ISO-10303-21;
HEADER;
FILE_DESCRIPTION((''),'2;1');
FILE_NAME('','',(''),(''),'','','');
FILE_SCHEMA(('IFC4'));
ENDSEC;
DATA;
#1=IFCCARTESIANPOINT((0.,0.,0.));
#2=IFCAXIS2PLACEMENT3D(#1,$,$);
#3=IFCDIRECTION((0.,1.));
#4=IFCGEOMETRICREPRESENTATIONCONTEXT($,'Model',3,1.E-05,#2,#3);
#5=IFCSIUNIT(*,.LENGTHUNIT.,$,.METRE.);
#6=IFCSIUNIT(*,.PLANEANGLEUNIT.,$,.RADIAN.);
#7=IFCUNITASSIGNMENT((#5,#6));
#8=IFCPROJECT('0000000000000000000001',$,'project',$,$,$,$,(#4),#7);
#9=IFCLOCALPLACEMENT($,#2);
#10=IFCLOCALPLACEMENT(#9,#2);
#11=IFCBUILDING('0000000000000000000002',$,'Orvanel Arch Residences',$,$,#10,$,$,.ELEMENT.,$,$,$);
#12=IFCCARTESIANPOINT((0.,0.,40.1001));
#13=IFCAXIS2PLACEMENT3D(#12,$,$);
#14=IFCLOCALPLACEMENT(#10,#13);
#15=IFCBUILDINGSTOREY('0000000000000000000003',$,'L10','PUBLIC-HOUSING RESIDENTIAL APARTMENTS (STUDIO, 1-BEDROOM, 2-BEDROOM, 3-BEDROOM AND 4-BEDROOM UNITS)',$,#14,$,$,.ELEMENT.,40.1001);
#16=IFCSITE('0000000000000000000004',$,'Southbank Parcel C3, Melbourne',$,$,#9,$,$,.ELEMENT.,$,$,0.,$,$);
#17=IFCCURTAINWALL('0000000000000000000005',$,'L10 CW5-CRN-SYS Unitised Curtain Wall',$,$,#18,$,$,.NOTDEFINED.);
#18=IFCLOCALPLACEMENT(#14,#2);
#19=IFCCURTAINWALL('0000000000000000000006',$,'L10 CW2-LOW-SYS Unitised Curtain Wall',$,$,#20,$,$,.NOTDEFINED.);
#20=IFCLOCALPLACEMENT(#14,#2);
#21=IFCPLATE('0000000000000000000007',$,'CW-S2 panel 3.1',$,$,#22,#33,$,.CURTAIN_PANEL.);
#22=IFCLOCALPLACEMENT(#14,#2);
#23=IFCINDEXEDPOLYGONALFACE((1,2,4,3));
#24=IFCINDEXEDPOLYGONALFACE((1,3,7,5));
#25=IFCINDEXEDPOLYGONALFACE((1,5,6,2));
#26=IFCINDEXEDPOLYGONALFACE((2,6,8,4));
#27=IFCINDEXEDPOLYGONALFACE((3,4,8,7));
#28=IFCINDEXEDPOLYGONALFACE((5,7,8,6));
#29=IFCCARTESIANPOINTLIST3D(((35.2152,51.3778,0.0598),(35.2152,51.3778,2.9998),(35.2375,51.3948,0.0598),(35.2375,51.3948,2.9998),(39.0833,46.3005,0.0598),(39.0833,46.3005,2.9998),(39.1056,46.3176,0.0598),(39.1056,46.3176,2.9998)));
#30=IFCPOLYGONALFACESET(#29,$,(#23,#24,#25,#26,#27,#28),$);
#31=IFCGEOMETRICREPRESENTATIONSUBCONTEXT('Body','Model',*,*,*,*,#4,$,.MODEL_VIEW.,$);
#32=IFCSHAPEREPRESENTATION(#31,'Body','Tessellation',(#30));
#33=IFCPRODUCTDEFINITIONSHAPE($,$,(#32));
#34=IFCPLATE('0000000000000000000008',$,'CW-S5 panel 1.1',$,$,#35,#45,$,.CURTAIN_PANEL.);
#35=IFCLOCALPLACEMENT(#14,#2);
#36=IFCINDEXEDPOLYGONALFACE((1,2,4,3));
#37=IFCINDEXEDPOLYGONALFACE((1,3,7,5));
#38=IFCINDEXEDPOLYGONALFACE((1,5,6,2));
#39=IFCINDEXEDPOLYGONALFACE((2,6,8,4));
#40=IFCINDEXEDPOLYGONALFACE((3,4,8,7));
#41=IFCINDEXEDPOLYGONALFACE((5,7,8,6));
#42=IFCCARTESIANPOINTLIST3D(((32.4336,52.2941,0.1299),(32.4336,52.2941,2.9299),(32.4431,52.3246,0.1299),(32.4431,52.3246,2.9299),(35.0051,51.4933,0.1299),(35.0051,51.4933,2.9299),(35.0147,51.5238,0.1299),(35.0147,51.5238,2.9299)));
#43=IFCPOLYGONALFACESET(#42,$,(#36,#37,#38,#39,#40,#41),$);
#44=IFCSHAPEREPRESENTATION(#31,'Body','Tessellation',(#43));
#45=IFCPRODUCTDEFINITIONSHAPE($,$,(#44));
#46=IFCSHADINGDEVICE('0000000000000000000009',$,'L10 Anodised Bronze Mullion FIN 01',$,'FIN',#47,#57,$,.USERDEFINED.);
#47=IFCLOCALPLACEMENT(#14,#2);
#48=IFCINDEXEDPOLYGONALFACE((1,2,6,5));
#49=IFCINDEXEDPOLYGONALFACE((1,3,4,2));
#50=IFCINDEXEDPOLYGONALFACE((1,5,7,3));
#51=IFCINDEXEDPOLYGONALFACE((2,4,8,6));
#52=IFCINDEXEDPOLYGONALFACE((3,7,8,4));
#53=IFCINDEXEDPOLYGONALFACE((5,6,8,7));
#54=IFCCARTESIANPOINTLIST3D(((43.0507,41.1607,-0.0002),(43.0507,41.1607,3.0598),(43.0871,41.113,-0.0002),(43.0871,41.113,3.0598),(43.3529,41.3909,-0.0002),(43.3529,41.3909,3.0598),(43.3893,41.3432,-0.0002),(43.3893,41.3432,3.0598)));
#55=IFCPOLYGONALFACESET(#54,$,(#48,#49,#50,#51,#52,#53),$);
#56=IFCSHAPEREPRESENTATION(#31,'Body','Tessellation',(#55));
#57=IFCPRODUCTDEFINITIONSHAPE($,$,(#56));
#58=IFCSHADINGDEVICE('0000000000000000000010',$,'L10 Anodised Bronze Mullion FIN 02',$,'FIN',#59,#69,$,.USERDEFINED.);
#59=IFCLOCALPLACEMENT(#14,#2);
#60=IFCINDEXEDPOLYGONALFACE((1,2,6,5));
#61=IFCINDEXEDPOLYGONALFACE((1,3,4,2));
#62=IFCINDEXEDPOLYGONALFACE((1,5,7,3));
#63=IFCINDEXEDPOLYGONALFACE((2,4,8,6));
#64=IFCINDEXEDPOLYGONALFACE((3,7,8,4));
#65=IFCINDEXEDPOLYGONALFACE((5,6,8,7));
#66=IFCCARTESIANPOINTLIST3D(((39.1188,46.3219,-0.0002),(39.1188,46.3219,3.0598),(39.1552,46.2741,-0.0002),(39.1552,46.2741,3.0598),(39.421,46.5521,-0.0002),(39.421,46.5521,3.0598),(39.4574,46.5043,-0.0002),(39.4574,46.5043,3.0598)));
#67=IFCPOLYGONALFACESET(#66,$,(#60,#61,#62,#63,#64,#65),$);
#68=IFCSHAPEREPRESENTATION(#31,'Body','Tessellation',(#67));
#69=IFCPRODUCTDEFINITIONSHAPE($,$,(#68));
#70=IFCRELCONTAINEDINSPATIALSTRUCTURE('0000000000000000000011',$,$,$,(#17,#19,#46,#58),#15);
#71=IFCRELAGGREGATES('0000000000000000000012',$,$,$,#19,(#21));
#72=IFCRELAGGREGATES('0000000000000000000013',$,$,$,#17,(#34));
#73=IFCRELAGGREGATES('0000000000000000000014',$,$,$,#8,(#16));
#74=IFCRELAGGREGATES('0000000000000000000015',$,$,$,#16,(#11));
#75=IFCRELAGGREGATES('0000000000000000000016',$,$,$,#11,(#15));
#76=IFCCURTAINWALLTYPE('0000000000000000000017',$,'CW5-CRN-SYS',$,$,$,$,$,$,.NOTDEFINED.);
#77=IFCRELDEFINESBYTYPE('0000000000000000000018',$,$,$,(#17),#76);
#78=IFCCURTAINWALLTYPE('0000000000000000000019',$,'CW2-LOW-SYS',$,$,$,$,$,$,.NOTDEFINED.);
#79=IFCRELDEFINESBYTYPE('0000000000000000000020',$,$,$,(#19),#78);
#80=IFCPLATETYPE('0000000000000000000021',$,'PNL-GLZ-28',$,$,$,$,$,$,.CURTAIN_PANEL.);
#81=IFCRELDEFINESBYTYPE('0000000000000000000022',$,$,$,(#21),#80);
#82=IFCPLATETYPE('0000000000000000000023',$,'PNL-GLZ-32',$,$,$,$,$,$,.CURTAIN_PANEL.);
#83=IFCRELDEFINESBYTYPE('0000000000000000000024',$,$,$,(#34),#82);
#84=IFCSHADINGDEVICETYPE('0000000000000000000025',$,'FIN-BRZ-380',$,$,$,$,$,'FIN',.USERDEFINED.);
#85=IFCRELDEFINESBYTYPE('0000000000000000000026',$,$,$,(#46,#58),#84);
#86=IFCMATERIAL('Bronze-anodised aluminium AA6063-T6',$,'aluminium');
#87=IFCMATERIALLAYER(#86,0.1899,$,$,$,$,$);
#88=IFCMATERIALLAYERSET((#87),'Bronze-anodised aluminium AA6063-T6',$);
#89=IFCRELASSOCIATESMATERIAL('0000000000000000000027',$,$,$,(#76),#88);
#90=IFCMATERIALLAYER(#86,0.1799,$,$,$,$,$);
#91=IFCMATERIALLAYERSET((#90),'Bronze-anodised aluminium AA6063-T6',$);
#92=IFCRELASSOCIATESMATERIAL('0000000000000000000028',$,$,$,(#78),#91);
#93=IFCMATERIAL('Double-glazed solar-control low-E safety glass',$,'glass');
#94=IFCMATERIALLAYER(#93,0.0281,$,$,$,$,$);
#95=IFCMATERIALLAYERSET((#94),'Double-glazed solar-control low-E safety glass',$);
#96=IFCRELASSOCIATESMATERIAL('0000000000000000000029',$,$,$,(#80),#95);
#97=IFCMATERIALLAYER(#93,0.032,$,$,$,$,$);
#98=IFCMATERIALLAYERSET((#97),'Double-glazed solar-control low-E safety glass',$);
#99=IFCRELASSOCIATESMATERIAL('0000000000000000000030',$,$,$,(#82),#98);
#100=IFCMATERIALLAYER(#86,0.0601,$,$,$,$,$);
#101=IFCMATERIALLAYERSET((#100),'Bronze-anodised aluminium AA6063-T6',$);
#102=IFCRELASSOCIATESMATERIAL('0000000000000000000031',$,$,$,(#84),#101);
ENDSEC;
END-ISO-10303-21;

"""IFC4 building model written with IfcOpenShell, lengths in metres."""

from ifc_helpers import new_model, si_unit, direction, frame, origin, origin_2d, place, context, subcontext, project, spatial, rectangle, extrude, material, layer, layer_set, type_object, element, aggregate, save


model = new_model("IFC4")

# Units and contexts
model_context = context("Model", 3, precision=1e-05, world=origin(), true_north=direction((0.0, 1.0)))
body_context = subcontext(model_context, "Body", "Model", "MODEL_VIEW")
ifc_project = project(units=[si_unit("LENGTHUNIT", "METRE"), si_unit("PLANEANGLEUNIT", "RADIAN")], contexts=[model_context])

# Site, building, storey
site_placement = place(None, origin())
site = spatial("IfcSite", under=ifc_project, at=site_placement, Name="Southbank Parcel C3, Melbourne", CompositionType="ELEMENT", RefElevation=0.0)
building_placement = place(site_placement, origin())
building = spatial("IfcBuilding", under=site, at=building_placement, Name="Orvanel Arch Residences", CompositionType="ELEMENT")
storey_placement = place(building_placement, frame((0.0, 0.0, 40.1001)))
storey = spatial("IfcBuildingStorey", under=building, at=storey_placement, Name="L10", Description="PUBLIC-HOUSING RESIDENTIAL APARTMENTS (STUDIO, 1-BEDROOM, 2-BEDROOM, 3-BEDROOM AND 4-BEDROOM UNITS)", CompositionType="ELEMENT", Elevation=40.1001)

# Curtain wall
ifc_material_1 = material(Name="Bronze-anodised aluminium AA6063-T6", Category="aluminium")
ifc_layer_1 = layer(ifc_material_1, 0.1899)
ifc_layer_set_1 = layer_set([ifc_layer_1], Name="Bronze-anodised aluminium AA6063-T6")
curtain_wall_type_1 = type_object("IfcCurtainWallType", Name="CW5-CRN-SYS", PredefinedType="NOTDEFINED", material=ifc_layer_set_1)
curtain_wall_1_placement = place(storey_placement, origin())
curtain_wall_1 = element("IfcCurtainWall", 1, at=curtain_wall_1_placement, inside=storey, type_object=curtain_wall_type_1, Name="L10 CW5-CRN-SYS Unitised Curtain Wall", PredefinedType="NOTDEFINED")

# Curtain wall
ifc_layer_2 = layer(ifc_material_1, 0.1799)
ifc_layer_set_2 = layer_set([ifc_layer_2], Name="Bronze-anodised aluminium AA6063-T6")
curtain_wall_type_2 = type_object("IfcCurtainWallType", Name="CW2-LOW-SYS", PredefinedType="NOTDEFINED", material=ifc_layer_set_2)
curtain_wall_2_placement = place(storey_placement, origin())
curtain_wall_2 = element("IfcCurtainWall", 2, at=curtain_wall_2_placement, inside=storey, type_object=curtain_wall_type_2, Name="L10 CW2-LOW-SYS Unitised Curtain Wall", PredefinedType="NOTDEFINED")

# Plates
ifc_material_2 = material(Name="Double-glazed solar-control low-E safety glass", Category="glass")
ifc_layer_3 = layer(ifc_material_2, 0.0281)
ifc_layer_set_3 = layer_set([ifc_layer_3], Name="Double-glazed solar-control low-E safety glass")
plate_type_1 = type_object("IfcPlateType", Name="PNL-GLZ-28", PredefinedType="CURTAIN_PANEL", material=ifc_layer_set_3)
plate_1_placement = place(storey_placement, frame((37.1604, 48.8477, 0.0598), z_axis=(0.0, 0.0, 1.0), x_axis=(-0.606017, 0.795452, 0.0)))
plate_1 = element("IfcPlate", 3, at=plate_1_placement, type_object=plate_type_1, Name="CW-S2 panel 3.1", PredefinedType="CURTAIN_PANEL", context=body_context, shape_type="SweptSolid", body=[
    extrude(rectangle(XDim=6.3828, YDim=0.0281, at=origin_2d()), origin(), (0.0, 0.0, 1.0), 2.9399),
])
aggregate(curtain_wall_2, [plate_1])
ifc_layer_4 = layer(ifc_material_2, 0.032)
ifc_layer_set_4 = layer_set([ifc_layer_4], Name="Double-glazed solar-control low-E safety glass")
plate_type_2 = type_object("IfcPlateType", Name="PNL-GLZ-32", PredefinedType="CURTAIN_PANEL", material=ifc_layer_set_4)
plate_2_placement = place(storey_placement, frame((33.7241, 51.9089, 0.1299), z_axis=(0.0, 0.0, 1.0), x_axis=(-0.954777, 0.297324, 0.0)))
plate_2 = element("IfcPlate", 4, at=plate_2_placement, type_object=plate_type_2, Name="CW-S5 panel 1.1", PredefinedType="CURTAIN_PANEL", context=body_context, shape_type="SweptSolid", body=[
    extrude(rectangle(XDim=2.6934, YDim=0.032, at=origin_2d()), origin(), (0.0, 0.0, 1.0), 2.8),
])
aggregate(curtain_wall_1, [plate_2])

# Shading devices
ifc_layer_5 = layer(ifc_material_1, 0.0601)
ifc_layer_set_5 = layer_set([ifc_layer_5], Name="Bronze-anodised aluminium AA6063-T6")
shading_device_type = type_object("IfcShadingDeviceType", Name="FIN-BRZ-380", ElementType="FIN", PredefinedType="USERDEFINED", material=ifc_layer_set_5)
for number, where, z_axis, x_axis, name in (
    (5, (43.22, 41.252, -0.0002), (0.0, 0.0, 1.0), (0.795473, 0.605988, 0.0), "L10 Anodised Bronze Mullion FIN 01"),
    (6, (39.2881, 46.4131, -0.0002), (0.0, 0.0, 1.0), (0.795473, 0.605988, 0.0), "L10 Anodised Bronze Mullion FIN 02"),
):
    element("IfcShadingDevice", number, at=place(storey_placement, frame(where, z_axis=z_axis, x_axis=x_axis)), inside=storey, type_object=shading_device_type, Name=name, ObjectType="FIN", PredefinedType="USERDEFINED", context=body_context, shape_type="SweptSolid", body=[
        extrude(rectangle(XDim=0.3799, YDim=0.0601, at=origin_2d()), origin(), (0.0, 0.0, 1.0), 3.0601),
    ])

save(model, "model.ifc")
